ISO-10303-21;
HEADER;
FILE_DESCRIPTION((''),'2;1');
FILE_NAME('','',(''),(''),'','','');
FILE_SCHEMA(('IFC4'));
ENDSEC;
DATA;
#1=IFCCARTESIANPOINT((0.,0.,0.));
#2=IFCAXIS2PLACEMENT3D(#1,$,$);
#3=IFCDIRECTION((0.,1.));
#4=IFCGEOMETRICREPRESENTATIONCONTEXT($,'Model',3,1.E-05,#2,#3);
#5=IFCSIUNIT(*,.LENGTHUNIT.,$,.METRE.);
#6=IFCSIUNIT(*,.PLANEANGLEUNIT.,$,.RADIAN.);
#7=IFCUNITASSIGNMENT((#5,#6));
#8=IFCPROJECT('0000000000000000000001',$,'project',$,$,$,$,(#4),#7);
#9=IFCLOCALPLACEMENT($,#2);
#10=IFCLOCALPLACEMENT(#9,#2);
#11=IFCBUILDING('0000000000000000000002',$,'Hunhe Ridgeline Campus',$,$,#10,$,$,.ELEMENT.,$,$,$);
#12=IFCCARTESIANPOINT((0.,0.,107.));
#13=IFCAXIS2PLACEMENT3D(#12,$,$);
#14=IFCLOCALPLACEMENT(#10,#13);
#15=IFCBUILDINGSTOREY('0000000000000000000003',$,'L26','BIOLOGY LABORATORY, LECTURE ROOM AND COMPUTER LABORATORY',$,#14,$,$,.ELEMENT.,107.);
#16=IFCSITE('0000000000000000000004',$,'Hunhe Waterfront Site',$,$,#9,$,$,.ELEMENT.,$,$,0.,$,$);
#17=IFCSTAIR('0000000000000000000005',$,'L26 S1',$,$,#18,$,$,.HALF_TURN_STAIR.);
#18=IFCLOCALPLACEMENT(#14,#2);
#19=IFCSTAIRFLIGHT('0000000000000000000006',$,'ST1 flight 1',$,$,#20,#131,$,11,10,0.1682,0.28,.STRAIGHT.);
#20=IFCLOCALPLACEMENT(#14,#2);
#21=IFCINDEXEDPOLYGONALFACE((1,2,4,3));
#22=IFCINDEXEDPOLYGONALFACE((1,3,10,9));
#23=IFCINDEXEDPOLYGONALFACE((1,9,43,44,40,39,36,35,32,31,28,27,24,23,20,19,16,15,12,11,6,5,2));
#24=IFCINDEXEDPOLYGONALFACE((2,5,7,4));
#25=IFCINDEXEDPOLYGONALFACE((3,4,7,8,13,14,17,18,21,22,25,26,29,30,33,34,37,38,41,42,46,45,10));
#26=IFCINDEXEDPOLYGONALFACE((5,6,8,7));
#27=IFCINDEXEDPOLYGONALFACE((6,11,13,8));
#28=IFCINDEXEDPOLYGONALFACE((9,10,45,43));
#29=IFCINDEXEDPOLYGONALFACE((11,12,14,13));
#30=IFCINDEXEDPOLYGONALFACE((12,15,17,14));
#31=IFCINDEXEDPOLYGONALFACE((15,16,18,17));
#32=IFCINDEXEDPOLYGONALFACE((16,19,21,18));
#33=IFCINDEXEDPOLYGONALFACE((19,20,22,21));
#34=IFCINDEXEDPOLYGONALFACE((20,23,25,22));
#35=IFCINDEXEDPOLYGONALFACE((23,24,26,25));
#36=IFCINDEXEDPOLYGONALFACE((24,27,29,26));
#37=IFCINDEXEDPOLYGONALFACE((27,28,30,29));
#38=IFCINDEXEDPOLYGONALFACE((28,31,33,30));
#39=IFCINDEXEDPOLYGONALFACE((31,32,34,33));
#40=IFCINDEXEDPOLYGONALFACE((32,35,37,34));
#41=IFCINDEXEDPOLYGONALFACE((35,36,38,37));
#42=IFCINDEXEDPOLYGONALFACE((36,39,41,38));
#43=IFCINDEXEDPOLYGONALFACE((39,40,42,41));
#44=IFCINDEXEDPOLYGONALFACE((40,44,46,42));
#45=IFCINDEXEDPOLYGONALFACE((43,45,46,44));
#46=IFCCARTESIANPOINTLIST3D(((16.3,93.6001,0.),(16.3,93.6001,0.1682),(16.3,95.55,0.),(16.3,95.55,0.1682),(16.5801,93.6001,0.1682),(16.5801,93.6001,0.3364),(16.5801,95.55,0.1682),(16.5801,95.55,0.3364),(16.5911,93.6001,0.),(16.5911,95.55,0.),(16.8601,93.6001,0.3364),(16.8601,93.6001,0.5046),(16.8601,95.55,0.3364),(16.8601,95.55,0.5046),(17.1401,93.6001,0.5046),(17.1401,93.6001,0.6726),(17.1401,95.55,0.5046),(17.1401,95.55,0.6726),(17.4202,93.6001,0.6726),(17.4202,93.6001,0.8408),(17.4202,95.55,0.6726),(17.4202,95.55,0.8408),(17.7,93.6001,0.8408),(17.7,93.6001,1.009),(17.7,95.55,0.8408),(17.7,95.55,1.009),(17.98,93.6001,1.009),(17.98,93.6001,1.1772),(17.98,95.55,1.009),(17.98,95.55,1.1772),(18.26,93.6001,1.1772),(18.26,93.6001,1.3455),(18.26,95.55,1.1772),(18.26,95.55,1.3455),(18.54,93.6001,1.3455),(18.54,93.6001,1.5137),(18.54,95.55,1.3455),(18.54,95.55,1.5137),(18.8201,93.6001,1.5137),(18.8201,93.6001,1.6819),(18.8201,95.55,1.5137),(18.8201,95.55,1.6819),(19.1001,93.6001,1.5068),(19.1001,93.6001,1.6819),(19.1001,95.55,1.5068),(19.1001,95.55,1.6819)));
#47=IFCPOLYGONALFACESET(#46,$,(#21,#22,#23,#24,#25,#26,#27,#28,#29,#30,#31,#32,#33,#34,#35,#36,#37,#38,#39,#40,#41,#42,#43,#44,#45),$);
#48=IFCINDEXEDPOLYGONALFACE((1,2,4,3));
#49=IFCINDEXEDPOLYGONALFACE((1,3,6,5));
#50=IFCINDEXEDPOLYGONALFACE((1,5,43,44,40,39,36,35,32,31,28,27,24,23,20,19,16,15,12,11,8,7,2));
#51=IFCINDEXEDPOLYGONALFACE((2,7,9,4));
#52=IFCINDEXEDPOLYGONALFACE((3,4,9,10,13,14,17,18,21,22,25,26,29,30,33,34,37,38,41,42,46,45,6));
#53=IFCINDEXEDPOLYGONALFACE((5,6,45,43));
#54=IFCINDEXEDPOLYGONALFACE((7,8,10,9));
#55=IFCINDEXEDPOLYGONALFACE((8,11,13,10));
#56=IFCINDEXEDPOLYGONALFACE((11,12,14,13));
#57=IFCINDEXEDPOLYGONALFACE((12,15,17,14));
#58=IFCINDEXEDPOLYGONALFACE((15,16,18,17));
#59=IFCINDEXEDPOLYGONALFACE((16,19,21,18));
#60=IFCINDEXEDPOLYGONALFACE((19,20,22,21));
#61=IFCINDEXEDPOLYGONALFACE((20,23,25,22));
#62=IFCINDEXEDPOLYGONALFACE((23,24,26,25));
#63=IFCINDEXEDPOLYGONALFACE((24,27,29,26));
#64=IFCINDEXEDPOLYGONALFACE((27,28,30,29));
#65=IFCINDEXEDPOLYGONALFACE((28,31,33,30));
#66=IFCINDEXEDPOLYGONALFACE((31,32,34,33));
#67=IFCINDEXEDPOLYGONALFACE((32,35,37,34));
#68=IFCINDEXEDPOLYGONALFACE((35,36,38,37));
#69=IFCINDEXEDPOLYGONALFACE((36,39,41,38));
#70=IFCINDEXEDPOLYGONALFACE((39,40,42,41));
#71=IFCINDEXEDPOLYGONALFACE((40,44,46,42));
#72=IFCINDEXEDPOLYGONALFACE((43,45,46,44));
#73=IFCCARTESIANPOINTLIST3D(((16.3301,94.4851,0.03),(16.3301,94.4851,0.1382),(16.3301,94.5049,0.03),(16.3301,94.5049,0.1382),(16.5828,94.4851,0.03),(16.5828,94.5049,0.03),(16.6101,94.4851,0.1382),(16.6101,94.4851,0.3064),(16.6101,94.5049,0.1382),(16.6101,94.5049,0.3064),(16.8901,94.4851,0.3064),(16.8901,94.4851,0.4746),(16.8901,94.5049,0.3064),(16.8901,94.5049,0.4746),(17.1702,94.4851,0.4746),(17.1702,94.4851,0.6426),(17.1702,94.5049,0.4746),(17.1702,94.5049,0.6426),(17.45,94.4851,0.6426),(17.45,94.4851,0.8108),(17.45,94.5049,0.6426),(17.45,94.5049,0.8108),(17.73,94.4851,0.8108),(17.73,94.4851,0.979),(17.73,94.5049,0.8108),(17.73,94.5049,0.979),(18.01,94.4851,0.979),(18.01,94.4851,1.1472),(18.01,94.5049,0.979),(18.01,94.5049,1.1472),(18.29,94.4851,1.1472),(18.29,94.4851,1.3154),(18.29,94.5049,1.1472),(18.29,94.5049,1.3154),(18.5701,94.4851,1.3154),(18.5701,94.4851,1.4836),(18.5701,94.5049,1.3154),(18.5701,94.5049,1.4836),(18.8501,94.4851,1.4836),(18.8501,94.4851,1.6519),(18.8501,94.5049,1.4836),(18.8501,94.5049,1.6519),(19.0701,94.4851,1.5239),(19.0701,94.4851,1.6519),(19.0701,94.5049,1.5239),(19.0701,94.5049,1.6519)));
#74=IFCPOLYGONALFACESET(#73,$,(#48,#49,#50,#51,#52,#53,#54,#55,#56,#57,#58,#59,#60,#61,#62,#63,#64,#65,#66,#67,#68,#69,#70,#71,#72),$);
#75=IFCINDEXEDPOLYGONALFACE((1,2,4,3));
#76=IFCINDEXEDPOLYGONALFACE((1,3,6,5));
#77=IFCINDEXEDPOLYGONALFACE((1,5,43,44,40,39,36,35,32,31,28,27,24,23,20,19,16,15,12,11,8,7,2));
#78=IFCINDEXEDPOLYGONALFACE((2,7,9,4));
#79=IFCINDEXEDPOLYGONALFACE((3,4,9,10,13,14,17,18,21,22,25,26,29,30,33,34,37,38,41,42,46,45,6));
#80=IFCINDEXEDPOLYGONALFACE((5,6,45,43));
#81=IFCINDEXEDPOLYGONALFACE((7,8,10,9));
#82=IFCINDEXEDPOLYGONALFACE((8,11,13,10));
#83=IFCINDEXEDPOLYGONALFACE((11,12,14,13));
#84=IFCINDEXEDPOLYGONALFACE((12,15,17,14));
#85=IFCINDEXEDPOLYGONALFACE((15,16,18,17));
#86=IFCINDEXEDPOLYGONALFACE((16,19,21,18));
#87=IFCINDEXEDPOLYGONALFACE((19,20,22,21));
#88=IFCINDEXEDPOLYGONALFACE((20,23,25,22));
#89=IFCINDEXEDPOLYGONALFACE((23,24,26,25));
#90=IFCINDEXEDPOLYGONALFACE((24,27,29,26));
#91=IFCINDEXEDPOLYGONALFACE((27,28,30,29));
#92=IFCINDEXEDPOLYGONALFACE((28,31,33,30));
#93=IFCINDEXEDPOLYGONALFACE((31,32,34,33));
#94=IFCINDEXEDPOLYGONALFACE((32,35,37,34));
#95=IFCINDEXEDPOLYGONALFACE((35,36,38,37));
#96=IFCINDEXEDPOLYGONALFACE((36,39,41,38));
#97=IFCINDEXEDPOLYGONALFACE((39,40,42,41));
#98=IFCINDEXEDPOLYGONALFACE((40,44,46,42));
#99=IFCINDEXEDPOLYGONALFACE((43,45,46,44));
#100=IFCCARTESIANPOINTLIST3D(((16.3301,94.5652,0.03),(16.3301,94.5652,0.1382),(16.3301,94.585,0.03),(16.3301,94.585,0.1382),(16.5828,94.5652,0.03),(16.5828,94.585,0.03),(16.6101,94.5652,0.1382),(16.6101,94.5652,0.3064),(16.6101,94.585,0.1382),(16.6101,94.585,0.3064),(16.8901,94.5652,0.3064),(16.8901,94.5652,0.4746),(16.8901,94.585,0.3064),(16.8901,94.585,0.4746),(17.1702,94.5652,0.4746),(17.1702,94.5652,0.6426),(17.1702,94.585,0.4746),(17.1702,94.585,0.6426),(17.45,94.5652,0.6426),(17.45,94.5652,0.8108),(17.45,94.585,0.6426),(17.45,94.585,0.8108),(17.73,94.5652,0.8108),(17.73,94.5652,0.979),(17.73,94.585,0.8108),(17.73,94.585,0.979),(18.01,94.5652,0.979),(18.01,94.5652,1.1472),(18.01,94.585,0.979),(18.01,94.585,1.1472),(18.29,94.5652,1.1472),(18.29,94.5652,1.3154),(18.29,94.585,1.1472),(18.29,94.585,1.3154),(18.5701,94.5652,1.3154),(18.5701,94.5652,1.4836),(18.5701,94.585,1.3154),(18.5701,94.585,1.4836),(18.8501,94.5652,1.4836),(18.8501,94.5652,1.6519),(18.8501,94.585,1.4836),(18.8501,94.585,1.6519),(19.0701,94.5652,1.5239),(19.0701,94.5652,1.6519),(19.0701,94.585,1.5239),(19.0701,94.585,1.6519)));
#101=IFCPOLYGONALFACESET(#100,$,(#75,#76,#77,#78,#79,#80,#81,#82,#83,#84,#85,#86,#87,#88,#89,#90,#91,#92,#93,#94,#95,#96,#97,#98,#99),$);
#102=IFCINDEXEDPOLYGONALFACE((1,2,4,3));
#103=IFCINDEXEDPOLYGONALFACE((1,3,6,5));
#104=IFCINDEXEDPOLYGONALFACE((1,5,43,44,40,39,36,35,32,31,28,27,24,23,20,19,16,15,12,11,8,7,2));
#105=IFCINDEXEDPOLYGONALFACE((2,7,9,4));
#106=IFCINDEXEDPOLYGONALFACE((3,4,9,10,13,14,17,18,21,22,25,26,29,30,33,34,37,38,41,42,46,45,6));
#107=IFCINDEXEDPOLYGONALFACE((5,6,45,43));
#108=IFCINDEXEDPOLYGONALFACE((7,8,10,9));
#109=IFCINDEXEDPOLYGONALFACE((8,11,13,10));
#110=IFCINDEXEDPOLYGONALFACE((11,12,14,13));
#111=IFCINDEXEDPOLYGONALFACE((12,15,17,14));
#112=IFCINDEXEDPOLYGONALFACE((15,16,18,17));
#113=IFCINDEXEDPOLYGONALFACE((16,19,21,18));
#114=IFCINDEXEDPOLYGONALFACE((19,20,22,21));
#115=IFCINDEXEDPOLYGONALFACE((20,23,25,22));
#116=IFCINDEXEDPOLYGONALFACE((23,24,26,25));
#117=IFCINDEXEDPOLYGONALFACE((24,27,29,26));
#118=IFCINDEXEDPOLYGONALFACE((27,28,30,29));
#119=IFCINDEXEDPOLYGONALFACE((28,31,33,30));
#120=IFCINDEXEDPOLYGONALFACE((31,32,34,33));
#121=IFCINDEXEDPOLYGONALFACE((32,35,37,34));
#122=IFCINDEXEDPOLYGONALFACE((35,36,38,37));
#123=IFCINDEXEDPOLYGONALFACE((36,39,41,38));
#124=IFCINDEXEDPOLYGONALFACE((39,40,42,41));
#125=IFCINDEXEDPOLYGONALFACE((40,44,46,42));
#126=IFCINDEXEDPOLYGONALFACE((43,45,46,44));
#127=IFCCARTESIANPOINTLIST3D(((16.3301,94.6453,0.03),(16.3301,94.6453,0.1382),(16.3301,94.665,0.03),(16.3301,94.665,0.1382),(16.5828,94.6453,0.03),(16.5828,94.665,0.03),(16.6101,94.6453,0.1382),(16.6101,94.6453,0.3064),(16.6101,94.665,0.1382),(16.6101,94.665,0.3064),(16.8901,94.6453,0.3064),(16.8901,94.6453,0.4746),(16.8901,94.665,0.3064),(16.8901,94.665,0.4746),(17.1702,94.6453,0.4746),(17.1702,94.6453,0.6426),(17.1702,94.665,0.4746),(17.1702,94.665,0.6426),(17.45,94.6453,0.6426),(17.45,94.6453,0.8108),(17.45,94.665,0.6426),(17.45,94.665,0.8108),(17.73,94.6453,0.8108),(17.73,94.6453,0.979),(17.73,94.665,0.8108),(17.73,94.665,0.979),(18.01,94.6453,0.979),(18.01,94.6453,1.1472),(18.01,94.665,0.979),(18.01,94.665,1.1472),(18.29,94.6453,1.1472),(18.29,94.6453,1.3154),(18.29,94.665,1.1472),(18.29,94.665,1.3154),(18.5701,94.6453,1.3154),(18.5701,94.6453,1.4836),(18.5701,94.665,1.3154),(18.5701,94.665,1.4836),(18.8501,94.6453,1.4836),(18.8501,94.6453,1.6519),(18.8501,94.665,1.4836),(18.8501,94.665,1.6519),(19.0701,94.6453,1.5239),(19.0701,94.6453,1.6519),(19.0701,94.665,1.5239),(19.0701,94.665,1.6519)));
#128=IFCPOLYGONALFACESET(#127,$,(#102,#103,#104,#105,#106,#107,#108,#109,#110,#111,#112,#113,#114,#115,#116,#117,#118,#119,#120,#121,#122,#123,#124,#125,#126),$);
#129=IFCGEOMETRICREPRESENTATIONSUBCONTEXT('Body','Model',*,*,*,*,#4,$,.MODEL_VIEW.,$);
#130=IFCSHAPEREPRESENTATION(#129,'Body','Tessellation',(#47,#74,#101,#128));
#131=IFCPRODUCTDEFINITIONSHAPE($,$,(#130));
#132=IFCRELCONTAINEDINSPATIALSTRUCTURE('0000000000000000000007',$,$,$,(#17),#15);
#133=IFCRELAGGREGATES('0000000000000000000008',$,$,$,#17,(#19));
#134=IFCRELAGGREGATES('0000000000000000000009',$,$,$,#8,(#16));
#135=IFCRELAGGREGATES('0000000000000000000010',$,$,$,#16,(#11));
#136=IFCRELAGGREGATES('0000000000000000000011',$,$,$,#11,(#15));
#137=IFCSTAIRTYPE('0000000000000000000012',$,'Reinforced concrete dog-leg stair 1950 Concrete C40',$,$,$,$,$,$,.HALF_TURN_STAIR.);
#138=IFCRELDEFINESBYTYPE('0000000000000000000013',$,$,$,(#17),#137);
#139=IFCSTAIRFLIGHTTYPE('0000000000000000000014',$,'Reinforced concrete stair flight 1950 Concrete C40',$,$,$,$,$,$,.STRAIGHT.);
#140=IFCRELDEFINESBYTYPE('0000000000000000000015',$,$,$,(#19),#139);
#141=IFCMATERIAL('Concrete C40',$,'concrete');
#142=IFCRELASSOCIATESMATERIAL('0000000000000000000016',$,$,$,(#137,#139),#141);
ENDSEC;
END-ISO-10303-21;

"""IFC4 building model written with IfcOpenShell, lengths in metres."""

from ifc_helpers import new_model, si_unit, direction, frame, origin, place, context, subcontext, project, spatial, polyline, outline, extrude, material, type_object, element, aggregate, save


model = new_model("IFC4")

# Units and contexts
model_context = context("Model", 3, precision=1e-05, world=origin(), true_north=direction((0.0, 1.0)))
body_context = subcontext(model_context, "Body", "Model", "MODEL_VIEW")
ifc_project = project(units=[si_unit("LENGTHUNIT", "METRE"), si_unit("PLANEANGLEUNIT", "RADIAN")], contexts=[model_context])

# Site, building, storey
site_placement = place(None, origin())
site = spatial("IfcSite", under=ifc_project, at=site_placement, Name="Hunhe Waterfront Site", CompositionType="ELEMENT", RefElevation=0.0)
building_placement = place(site_placement, origin())
building = spatial("IfcBuilding", under=site, at=building_placement, Name="Hunhe Ridgeline Campus", CompositionType="ELEMENT")
storey_placement = place(building_placement, frame((0.0, 0.0, 107.0)))
storey = spatial("IfcBuildingStorey", under=building, at=storey_placement, Name="L26", Description="BIOLOGY LABORATORY, LECTURE ROOM AND COMPUTER LABORATORY", CompositionType="ELEMENT", Elevation=107.0)

# Stair, stair flight
ifc_material_1 = material(Name="Concrete C40", Category="concrete")
stair_type = type_object("IfcStairType", Name="Reinforced concrete dog-leg stair 1950 Concrete C40", PredefinedType="HALF_TURN_STAIR", material=ifc_material_1)
stair_placement = place(storey_placement, origin())
stair = element("IfcStair", 1, at=stair_placement, inside=storey, type_object=stair_type, Name="L26 S1", PredefinedType="HALF_TURN_STAIR")
stair_flight_type = type_object("IfcStairFlightType", Name="Reinforced concrete stair flight 1950 Concrete C40", PredefinedType="STRAIGHT", material=ifc_material_1)
stair_flight_placement = place(storey_placement, frame((16.3, 94.575, 0.0), z_axis=(0.0, 0.0, 1.0), x_axis=(1.0, 0.0, 0.0)))
stair_flight = element("IfcStairFlight", 2, at=stair_flight_placement, type_object=stair_flight_type, Name="ST1 flight 1", NumberOfRisers=11, NumberOfTreads=10, PredefinedType="STRAIGHT", RiserHeight=0.1682, TreadLength=0.28, context=body_context, shape_type="SweptSolid", body=[
    extrude(outline(polyline([(0.0, 0.0), (0.0, 0.1682), (0.28, 0.1682), (0.28, 0.3364), (0.5601, 0.3364), (0.5601, 0.5046), (0.8401, 0.5046), (0.8401, 0.6726), (1.1201, 0.6726), (1.1201, 0.8408), (1.3999, 0.8408), (1.3999, 1.009), (1.6799, 1.009), (1.6799, 1.1772), (1.96, 1.1772), (1.96, 1.3455), (2.24, 1.3455), (2.24, 1.5137), (2.52, 1.5137), (2.52, 1.6819), (2.8, 1.6819), (2.8, 1.8501), (2.8, 1.5068), (0.291, 0.0), (0.0, 0.0)])), frame((0.0, 0.9751, 0.0), z_axis=(0.0, -1.0, 0.0), x_axis=(1.0, 0.0, 0.0)), (0.0, 0.0, 1.0), 1.95),
    extrude(outline(polyline([(0.03, 0.03), (0.03, 0.1382), (0.3101, 0.1382), (0.3101, 0.3064), (0.5901, 0.3064), (0.5901, 0.4746), (0.8701, 0.4746), (0.8701, 0.6426), (1.1499, 0.6426), (1.1499, 0.8108), (1.4299, 0.8108), (1.4299, 0.979), (1.71, 0.979), (1.71, 1.1472), (1.99, 1.1472), (1.99, 1.3154), (2.27, 1.3154), (2.27, 1.4836), (2.55, 1.4836), (2.55, 1.6519), (2.77, 1.6519), (2.77, 1.5239), (0.2827, 0.03), (0.03, 0.03)])), frame((0.0, -0.0701, 0.0), z_axis=(0.0, -1.0, 0.0), x_axis=(1.0, 0.0, 0.0)), (0.0, 0.0, 1.0), 0.0198),
    extrude(outline(polyline([(0.03, 0.03), (0.03, 0.1382), (0.3101, 0.1382), (0.3101, 0.3064), (0.5901, 0.3064), (0.5901, 0.4746), (0.8701, 0.4746), (0.8701, 0.6426), (1.1499, 0.6426), (1.1499, 0.8108), (1.4299, 0.8108), (1.4299, 0.979), (1.71, 0.979), (1.71, 1.1472), (1.99, 1.1472), (1.99, 1.3154), (2.27, 1.3154), (2.27, 1.4836), (2.55, 1.4836), (2.55, 1.6519), (2.77, 1.6519), (2.77, 1.5239), (0.2827, 0.03), (0.03, 0.03)])), frame((0.0, 0.01, 0.0), z_axis=(0.0, -1.0, 0.0), x_axis=(1.0, 0.0, 0.0)), (0.0, 0.0, 1.0), 0.0198),
    extrude(outline(polyline([(0.03, 0.03), (0.03, 0.1382), (0.3101, 0.1382), (0.3101, 0.3064), (0.5901, 0.3064), (0.5901, 0.4746), (0.8701, 0.4746), (0.8701, 0.6426), (1.1499, 0.6426), (1.1499, 0.8108), (1.4299, 0.8108), (1.4299, 0.979), (1.71, 0.979), (1.71, 1.1472), (1.99, 1.1472), (1.99, 1.3154), (2.27, 1.3154), (2.27, 1.4836), (2.55, 1.4836), (2.55, 1.6519), (2.77, 1.6519), (2.77, 1.5239), (0.2827, 0.03), (0.03, 0.03)])), frame((0.0, 0.0901, 0.0), z_axis=(0.0, -1.0, 0.0), x_axis=(1.0, 0.0, 0.0)), (0.0, 0.0, 1.0), 0.0198),
])
aggregate(stair, [stair_flight])

save(model, "model.ifc")
